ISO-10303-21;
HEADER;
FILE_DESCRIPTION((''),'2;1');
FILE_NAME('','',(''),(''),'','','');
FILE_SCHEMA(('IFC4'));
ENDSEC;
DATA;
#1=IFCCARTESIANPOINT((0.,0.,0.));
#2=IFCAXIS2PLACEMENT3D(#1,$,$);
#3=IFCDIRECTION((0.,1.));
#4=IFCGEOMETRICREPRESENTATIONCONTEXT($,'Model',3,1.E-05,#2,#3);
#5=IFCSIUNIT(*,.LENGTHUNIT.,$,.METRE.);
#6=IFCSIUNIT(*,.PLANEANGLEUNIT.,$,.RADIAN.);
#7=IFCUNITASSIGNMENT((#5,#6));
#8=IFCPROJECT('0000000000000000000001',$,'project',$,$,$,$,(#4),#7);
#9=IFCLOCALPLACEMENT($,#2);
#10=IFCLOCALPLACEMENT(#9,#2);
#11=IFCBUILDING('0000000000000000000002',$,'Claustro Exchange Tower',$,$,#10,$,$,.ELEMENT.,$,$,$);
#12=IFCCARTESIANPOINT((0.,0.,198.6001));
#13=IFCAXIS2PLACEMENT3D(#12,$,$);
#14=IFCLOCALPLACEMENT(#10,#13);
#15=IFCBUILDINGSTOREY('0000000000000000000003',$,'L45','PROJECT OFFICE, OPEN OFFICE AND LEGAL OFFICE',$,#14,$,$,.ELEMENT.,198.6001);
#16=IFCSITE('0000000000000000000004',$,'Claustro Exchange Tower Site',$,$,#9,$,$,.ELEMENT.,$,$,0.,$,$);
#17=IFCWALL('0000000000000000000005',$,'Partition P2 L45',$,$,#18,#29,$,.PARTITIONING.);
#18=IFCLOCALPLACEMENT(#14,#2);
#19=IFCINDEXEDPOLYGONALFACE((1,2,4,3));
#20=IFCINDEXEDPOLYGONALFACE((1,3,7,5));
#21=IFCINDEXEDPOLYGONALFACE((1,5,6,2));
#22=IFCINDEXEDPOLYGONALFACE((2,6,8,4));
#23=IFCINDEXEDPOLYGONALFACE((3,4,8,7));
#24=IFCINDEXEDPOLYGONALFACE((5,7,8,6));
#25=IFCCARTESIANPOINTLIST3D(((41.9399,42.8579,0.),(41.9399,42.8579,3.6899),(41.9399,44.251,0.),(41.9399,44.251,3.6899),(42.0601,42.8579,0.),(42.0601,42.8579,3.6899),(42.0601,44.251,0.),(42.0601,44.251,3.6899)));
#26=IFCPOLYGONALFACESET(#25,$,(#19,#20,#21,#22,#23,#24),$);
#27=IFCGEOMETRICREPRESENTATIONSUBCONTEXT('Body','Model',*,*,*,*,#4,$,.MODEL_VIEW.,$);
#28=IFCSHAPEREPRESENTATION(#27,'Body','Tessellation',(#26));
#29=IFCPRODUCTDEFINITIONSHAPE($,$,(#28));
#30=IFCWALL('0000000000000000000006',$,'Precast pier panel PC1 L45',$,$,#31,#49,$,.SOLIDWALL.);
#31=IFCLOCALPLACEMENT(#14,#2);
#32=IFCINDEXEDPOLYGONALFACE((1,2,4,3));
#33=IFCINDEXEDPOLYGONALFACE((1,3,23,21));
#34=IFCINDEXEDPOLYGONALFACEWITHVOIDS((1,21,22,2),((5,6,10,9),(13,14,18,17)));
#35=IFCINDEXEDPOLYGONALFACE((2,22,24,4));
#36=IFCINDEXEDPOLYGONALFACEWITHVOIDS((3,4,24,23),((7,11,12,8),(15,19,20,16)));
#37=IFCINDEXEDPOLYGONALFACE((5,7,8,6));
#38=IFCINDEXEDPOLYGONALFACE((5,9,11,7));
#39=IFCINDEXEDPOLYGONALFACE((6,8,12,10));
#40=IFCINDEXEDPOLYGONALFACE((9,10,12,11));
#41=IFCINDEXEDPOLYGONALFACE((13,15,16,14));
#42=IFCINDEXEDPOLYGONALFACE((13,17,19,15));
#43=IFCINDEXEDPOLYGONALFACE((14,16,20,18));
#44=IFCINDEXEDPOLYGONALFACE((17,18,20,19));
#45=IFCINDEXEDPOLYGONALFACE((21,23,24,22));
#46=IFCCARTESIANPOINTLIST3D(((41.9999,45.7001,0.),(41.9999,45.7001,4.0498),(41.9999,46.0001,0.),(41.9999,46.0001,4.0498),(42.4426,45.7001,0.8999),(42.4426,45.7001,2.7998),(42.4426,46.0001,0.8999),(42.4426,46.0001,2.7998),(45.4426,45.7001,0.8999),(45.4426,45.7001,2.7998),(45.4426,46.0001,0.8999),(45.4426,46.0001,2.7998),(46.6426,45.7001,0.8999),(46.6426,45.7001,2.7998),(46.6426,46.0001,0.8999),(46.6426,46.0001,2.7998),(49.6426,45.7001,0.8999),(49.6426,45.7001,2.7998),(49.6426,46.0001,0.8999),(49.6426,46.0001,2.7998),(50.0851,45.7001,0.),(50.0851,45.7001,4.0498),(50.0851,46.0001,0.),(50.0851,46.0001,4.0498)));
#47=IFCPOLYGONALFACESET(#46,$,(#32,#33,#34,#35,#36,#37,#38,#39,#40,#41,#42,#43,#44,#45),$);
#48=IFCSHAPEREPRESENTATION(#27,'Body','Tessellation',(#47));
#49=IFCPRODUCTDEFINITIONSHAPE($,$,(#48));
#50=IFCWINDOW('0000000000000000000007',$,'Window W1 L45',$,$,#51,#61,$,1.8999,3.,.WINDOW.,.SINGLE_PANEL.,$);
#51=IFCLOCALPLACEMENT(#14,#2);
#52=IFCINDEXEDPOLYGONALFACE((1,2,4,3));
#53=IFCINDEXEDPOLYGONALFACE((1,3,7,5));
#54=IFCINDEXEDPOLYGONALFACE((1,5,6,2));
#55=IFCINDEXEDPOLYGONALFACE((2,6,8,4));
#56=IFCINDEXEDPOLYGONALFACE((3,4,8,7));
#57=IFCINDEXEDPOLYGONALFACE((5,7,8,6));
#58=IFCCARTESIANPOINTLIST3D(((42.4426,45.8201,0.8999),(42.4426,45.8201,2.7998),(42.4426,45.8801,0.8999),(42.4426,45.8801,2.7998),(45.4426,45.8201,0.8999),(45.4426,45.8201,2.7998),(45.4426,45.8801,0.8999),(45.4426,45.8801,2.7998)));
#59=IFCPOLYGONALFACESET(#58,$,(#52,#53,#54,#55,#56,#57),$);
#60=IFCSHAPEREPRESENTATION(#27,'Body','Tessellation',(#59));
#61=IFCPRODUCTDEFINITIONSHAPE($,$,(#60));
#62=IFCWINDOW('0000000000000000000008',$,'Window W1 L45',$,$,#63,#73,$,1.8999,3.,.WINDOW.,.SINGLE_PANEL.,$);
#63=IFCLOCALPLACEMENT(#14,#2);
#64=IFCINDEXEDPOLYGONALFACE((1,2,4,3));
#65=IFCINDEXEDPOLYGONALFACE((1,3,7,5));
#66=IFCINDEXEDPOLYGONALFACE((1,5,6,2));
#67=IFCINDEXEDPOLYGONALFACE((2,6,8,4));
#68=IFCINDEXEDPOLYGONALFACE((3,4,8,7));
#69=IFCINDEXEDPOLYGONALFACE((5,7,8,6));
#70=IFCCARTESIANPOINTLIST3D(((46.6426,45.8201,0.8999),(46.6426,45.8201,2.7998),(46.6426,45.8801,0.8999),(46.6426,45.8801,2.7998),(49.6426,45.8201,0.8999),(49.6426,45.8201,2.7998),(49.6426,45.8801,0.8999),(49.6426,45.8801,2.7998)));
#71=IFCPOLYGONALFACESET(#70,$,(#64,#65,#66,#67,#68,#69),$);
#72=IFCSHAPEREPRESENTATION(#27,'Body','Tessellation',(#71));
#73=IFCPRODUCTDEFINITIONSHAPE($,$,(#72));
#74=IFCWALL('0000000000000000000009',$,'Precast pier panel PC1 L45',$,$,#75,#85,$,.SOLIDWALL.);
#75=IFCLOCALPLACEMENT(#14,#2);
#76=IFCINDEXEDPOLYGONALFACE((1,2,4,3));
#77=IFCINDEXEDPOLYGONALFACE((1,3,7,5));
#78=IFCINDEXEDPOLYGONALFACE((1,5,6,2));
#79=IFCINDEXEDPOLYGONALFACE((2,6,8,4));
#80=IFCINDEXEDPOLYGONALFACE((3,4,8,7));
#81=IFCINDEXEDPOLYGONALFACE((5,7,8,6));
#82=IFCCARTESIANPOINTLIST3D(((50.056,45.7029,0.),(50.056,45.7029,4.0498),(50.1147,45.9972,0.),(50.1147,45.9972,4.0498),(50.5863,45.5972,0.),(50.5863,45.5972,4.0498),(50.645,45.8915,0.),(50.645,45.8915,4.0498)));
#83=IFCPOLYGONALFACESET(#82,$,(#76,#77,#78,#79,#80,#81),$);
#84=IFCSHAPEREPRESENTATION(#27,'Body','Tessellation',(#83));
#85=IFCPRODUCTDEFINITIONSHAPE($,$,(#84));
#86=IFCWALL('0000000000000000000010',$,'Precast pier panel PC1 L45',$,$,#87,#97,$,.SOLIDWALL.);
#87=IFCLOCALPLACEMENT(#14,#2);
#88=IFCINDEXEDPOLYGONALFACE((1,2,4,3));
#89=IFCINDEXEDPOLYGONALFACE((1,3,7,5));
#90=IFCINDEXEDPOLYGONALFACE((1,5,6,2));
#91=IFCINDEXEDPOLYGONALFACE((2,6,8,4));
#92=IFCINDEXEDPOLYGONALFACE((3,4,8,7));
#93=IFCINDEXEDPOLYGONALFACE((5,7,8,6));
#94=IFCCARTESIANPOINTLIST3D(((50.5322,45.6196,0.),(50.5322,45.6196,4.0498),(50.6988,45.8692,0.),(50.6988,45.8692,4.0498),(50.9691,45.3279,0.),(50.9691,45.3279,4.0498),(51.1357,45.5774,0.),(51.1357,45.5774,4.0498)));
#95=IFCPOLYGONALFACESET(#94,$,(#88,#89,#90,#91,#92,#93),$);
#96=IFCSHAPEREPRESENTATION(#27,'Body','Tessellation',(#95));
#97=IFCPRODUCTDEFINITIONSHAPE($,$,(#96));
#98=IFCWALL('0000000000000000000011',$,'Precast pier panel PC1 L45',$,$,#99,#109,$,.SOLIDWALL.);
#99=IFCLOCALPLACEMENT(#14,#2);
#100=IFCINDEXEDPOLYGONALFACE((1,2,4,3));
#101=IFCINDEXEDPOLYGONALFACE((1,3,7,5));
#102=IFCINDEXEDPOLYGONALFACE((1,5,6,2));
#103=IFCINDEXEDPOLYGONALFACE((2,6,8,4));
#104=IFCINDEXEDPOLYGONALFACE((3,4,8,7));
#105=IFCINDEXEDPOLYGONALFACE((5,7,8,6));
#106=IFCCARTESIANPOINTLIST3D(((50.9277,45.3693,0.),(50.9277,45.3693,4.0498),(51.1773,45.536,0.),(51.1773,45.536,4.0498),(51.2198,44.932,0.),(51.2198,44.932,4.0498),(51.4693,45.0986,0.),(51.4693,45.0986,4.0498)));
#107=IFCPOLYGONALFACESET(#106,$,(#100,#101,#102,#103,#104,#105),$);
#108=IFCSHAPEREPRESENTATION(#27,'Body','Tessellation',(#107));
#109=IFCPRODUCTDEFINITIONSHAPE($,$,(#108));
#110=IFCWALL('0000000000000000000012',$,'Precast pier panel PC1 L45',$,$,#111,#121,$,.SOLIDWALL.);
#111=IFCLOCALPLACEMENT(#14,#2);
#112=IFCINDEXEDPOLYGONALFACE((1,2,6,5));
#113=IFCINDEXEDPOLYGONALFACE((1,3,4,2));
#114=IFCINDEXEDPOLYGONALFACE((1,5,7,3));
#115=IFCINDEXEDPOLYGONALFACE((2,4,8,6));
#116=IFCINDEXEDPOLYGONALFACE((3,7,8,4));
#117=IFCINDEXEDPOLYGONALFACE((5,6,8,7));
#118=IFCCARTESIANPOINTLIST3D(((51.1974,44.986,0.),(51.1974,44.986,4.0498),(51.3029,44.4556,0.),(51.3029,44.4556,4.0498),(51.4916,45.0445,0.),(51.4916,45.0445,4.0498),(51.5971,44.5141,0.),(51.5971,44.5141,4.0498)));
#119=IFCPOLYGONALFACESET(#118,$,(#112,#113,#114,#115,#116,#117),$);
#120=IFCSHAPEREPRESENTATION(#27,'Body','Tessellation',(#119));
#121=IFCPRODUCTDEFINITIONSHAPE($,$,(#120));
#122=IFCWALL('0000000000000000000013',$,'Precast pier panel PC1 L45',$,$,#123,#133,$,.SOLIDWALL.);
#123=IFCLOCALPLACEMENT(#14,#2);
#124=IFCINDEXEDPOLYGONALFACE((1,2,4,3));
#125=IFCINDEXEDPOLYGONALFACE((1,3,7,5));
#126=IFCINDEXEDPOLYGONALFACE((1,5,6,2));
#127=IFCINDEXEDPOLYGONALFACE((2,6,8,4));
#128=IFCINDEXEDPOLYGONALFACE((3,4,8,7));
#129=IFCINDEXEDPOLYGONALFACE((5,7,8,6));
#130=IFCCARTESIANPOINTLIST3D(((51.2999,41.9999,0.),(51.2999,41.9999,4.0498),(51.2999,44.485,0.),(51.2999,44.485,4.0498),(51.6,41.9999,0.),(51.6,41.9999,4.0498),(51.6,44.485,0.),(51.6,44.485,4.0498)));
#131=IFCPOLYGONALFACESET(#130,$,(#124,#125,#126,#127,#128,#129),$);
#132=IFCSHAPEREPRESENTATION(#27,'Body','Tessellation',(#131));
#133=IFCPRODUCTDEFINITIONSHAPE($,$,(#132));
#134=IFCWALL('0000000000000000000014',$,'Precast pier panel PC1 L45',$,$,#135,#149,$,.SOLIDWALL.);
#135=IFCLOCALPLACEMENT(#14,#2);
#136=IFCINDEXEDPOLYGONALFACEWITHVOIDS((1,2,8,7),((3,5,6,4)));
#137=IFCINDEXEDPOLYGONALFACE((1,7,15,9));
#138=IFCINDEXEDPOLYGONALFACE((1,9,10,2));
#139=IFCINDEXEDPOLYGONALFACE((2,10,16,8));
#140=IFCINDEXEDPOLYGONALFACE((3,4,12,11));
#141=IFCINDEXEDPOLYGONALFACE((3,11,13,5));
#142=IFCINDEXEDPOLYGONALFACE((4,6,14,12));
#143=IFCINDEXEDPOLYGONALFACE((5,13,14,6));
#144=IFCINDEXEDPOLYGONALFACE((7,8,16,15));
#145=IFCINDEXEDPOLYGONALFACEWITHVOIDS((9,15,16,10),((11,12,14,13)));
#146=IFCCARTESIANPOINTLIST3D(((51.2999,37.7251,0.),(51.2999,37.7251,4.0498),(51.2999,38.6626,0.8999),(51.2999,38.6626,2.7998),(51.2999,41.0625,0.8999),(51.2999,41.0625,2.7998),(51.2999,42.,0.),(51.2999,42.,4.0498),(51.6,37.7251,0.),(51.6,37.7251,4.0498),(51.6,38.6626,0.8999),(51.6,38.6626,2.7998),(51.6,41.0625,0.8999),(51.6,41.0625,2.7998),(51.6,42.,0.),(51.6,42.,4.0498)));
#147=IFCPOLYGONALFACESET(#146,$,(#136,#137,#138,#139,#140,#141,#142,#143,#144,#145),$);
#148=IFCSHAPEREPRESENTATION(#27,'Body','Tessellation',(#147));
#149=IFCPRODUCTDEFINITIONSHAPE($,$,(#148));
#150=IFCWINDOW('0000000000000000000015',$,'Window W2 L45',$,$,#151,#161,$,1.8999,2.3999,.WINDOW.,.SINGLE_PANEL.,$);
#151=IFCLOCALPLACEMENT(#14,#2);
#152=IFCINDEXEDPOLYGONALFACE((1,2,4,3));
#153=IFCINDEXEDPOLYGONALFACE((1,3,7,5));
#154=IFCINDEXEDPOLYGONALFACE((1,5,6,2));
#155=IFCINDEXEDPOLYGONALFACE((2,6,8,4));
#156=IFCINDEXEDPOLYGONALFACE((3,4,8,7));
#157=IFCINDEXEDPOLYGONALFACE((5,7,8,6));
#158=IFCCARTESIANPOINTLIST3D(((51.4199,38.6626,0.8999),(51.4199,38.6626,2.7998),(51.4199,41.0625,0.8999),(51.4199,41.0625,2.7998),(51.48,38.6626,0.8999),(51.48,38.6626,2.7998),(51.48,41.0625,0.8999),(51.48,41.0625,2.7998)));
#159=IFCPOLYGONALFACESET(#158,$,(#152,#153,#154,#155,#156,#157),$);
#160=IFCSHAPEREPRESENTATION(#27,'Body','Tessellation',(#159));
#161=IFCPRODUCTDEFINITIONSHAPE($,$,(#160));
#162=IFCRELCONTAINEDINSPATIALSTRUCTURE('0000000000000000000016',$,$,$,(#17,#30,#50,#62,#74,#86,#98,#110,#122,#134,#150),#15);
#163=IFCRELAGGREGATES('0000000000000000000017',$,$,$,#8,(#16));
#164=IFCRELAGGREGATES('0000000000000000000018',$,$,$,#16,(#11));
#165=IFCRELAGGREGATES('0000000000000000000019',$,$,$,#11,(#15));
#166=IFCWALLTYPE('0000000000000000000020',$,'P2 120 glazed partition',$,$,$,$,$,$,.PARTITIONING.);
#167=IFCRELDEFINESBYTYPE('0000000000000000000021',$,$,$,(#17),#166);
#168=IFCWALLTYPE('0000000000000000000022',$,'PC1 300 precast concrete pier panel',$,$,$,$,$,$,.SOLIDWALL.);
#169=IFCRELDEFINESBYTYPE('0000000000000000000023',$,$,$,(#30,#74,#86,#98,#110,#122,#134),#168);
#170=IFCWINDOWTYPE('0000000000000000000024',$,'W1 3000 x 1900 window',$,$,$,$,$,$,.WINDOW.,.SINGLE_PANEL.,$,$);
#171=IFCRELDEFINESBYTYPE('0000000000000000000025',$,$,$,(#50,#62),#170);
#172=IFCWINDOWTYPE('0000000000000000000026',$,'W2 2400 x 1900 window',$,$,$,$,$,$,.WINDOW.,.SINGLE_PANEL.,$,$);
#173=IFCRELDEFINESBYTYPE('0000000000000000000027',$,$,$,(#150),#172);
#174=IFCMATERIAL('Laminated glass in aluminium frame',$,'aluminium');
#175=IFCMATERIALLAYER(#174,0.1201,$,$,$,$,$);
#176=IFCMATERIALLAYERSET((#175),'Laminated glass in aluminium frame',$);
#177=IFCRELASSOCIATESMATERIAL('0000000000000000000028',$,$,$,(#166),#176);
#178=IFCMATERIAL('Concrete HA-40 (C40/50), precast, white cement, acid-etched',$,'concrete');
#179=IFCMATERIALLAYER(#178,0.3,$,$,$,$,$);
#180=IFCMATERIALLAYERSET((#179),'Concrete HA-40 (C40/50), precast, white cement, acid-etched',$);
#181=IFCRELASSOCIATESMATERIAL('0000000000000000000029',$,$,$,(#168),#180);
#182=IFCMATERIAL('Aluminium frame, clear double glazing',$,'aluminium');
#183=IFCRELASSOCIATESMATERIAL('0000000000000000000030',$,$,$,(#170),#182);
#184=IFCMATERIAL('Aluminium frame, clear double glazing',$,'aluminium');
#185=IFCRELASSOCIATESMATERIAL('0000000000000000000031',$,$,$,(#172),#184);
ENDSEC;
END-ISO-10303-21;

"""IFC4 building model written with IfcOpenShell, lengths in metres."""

from ifc_helpers import new_model, si_unit, direction, frame, frame_2d, origin, place, context, subcontext, project, spatial, rectangle, extrude, material, layer, layer_set, type_object, element, fill, save


model = new_model("IFC4")

# Units and contexts
model_context = context("Model", 3, precision=1e-05, world=origin(), true_north=direction((0.0, 1.0)))
body_context = subcontext(model_context, "Body", "Model", "MODEL_VIEW")
ifc_project = project(units=[si_unit("LENGTHUNIT", "METRE"), si_unit("PLANEANGLEUNIT", "RADIAN")], contexts=[model_context])

# Site, building, storey
site_placement = place(None, origin())
site = spatial("IfcSite", under=ifc_project, at=site_placement, Name="Claustro Exchange Tower Site", CompositionType="ELEMENT", RefElevation=0.0)
building_placement = place(site_placement, origin())
building = spatial("IfcBuilding", under=site, at=building_placement, Name="Claustro Exchange Tower", CompositionType="ELEMENT")
storey_placement = place(building_placement, frame((0.0, 0.0, 198.6001)))
storey = spatial("IfcBuildingStorey", under=building, at=storey_placement, Name="L45", Description="PROJECT OFFICE, OPEN OFFICE AND LEGAL OFFICE", CompositionType="ELEMENT", Elevation=198.6001)

# Wall
ifc_material_1 = material(Name="Laminated glass in aluminium frame", Category="aluminium")
ifc_layer_1 = layer(ifc_material_1, 0.1201)
ifc_layer_set_1 = layer_set([ifc_layer_1], Name="Laminated glass in aluminium frame")
wall_type_1 = type_object("IfcWallType", Name="P2 120 glazed partition", PredefinedType="PARTITIONING", material=ifc_layer_set_1)
wall_1_placement = place(storey_placement, frame((42.0, 42.8579, 0.0), z_axis=(0.0, 0.0, 1.0), x_axis=(0.0, 1.0, 0.0)))
element("IfcWall", 1, at=wall_1_placement, inside=storey, type_object=wall_type_1, Name="Partition P2 L45", PredefinedType="PARTITIONING", context=body_context, shape_type="SweptSolid", body=[
    extrude(rectangle(XDim=1.3931, YDim=0.1201, at=frame_2d((0.6965, 0.0))), origin(), (0.0, 0.0, 1.0), 3.6899),
])

# Wall, openings, windows
ifc_material_2 = material(Name="Concrete HA-40 (C40/50), precast, white cement, acid-etched", Category="concrete")
ifc_layer_2 = layer(ifc_material_2, 0.3)
ifc_layer_set_2 = layer_set([ifc_layer_2], Name="Concrete HA-40 (C40/50), precast, white cement, acid-etched")
wall_type_2 = type_object("IfcWallType", Name="PC1 300 precast concrete pier panel", PredefinedType="SOLIDWALL", material=ifc_layer_set_2)
wall_2_placement = place(storey_placement, frame((42.0, 45.8501, 0.0), z_axis=(0.0, 0.0, 1.0), x_axis=(1.0, 0.0, 0.0)))
wall_2 = element("IfcWall", 2, at=wall_2_placement, inside=storey, type_object=wall_type_2, Name="Precast pier panel PC1 L45", PredefinedType="SOLIDWALL", context=body_context, shape_type="SweptSolid", body=[
    extrude(rectangle(XDim=8.0852, YDim=0.3, at=frame_2d((4.0425, 0.0))), origin(), (0.0, 0.0, 1.0), 4.0498),
])
opening_1_placement = place(wall_2_placement, frame((0.4426, 0.0, 0.8999)))
opening_1 = element("IfcOpeningElement", 3, at=opening_1_placement, cuts=wall_2, PredefinedType="OPENING", context=body_context, shape_type="SweptSolid", body=[
    extrude(rectangle(XDim=3.0, YDim=1.8999, at=frame_2d((1.5, 0.95))), frame((0.0, 0.1599, 0.0), z_axis=(0.0, -1.0, 0.0), x_axis=(1.0, 0.0, 0.0)), (0.0, 0.0, 1.0), 0.3201),
])
opening_2_placement = place(wall_2_placement, frame((4.6426, 0.0, 0.8999)))
opening_2 = element("IfcOpeningElement", 4, at=opening_2_placement, cuts=wall_2, PredefinedType="OPENING", context=body_context, shape_type="SweptSolid", body=[
    extrude(rectangle(XDim=3.0, YDim=1.8999, at=frame_2d((1.5, 0.95))), frame((0.0, 0.1599, 0.0), z_axis=(0.0, -1.0, 0.0), x_axis=(1.0, 0.0, 0.0)), (0.0, 0.0, 1.0), 0.3201),
])
ifc_material_3 = material(Name="Aluminium frame, clear double glazing", Category="aluminium")
window_type_1 = type_object("IfcWindowType", Name="W1 3000 x 1900 window", PartitioningType="SINGLE_PANEL", PredefinedType="WINDOW", material=ifc_material_3)
window_1_placement = place(opening_1_placement, origin())
window_1 = element("IfcWindow", 5, at=window_1_placement, inside=storey, type_object=window_type_1, Name="Window W1 L45", OverallHeight=1.8999, OverallWidth=3.0, PartitioningType="SINGLE_PANEL", PredefinedType="WINDOW", context=body_context, shape_type="SweptSolid", body=[
    extrude(rectangle(XDim=3.0, YDim=1.8999, at=frame_2d((1.5, 0.95))), frame((0.0, 0.03, 0.0), z_axis=(0.0, -1.0, 0.0), x_axis=(1.0, 0.0, 0.0)), (0.0, 0.0, 1.0), 0.0601),
])
fill(opening_1, window_1)
window_2_placement = place(opening_2_placement, origin())
window_2 = element("IfcWindow", 6, at=window_2_placement, inside=storey, type_object=window_type_1, Name="Window W1 L45", OverallHeight=1.8999, OverallWidth=3.0, PartitioningType="SINGLE_PANEL", PredefinedType="WINDOW", context=body_context, shape_type="SweptSolid", body=[
    extrude(rectangle(XDim=3.0, YDim=1.8999, at=frame_2d((1.5, 0.95))), frame((0.0, 0.03, 0.0), z_axis=(0.0, -1.0, 0.0), x_axis=(1.0, 0.0, 0.0)), (0.0, 0.0, 1.0), 0.0601),
])
fill(opening_2, window_2)

# Walls
wall_3_placement = place(storey_placement, frame((50.0852, 45.8501, 0.0), z_axis=(0.0, 0.0, 1.0), x_axis=(0.980702, -0.195508, 0.0)))
element("IfcWall", 7, at=wall_3_placement, inside=storey, type_object=wall_type_2, Name="Precast pier panel PC1 L45", PredefinedType="SOLIDWALL", context=body_context, shape_type="SweptSolid", body=[
    extrude(rectangle(XDim=0.5408, YDim=0.3, at=frame_2d((0.2705, 0.0))), origin(), (0.0, 0.0, 1.0), 4.0498),
])
wall_4_placement = place(storey_placement, frame((50.6155, 45.7444, 0.0), z_axis=(0.0, 0.0, 1.0), x_axis=(0.831693, -0.555236, 0.0)))
element("IfcWall", 8, at=wall_4_placement, inside=storey, type_object=wall_type_2, Name="Precast pier panel PC1 L45", PredefinedType="SOLIDWALL", context=body_context, shape_type="SweptSolid", body=[
    extrude(rectangle(XDim=0.5254, YDim=0.3, at=frame_2d((0.2627, 0.0))), origin(), (0.0, 0.0, 1.0), 4.0498),
])
wall_5_placement = place(storey_placement, frame((51.0525, 45.4526, 0.0), z_axis=(0.0, 0.0, 1.0), x_axis=(0.555343, -0.831621, 0.0)))
element("IfcWall", 9, at=wall_5_placement, inside=storey, type_object=wall_type_2, Name="Precast pier panel PC1 L45", PredefinedType="SOLIDWALL", context=body_context, shape_type="SweptSolid", body=[
    extrude(rectangle(XDim=0.5259, YDim=0.3, at=frame_2d((0.2629, 0.0))), origin(), (0.0, 0.0, 1.0), 4.0498),
])
wall_6_placement = place(storey_placement, frame((51.3445, 45.0154, 0.0), z_axis=(0.0, 0.0, 1.0), x_axis=(0.195074, -0.980789, 0.0)))
element("IfcWall", 10, at=wall_6_placement, inside=storey, type_object=wall_type_2, Name="Precast pier panel PC1 L45", PredefinedType="SOLIDWALL", context=body_context, shape_type="SweptSolid", body=[
    extrude(rectangle(XDim=0.5408, YDim=0.3, at=frame_2d((0.2705, 0.0))), origin(), (0.0, 0.0, 1.0), 4.0498),
])
wall_7_placement = place(storey_placement, frame((51.45, 44.4851, 0.0), z_axis=(0.0, 0.0, 1.0), x_axis=(0.0, -1.0, 0.0)))
element("IfcWall", 11, at=wall_7_placement, inside=storey, type_object=wall_type_2, Name="Precast pier panel PC1 L45", PredefinedType="SOLIDWALL", context=body_context, shape_type="SweptSolid", body=[
    extrude(rectangle(XDim=2.4851, YDim=0.3, at=frame_2d((1.2427, 0.0))), origin(), (0.0, 0.0, 1.0), 4.0498),
])

# Wall, opening, window
wall_8_placement = place(storey_placement, frame((51.45, 42.0, 0.0), z_axis=(0.0, 0.0, 1.0), x_axis=(0.0, -1.0, 0.0)))
wall_8 = element("IfcWall", 12, at=wall_8_placement, inside=storey, type_object=wall_type_2, Name="Precast pier panel PC1 L45", PredefinedType="SOLIDWALL", context=body_context, shape_type="SweptSolid", body=[
    extrude(rectangle(XDim=4.2749, YDim=0.3, at=frame_2d((2.1375, 0.0))), origin(), (0.0, 0.0, 1.0), 4.0498),
])
opening_3_placement = place(wall_8_placement, frame((0.9375, 0.0, 0.8999)))
opening_3 = element("IfcOpeningElement", 13, at=opening_3_placement, cuts=wall_8, PredefinedType="OPENING", context=body_context, shape_type="SweptSolid", body=[
    extrude(rectangle(XDim=2.3999, YDim=1.8999, at=frame_2d((1.2, 0.95))), frame((0.0, 0.1599, 0.0), z_axis=(0.0, -1.0, 0.0), x_axis=(1.0, 0.0, 0.0)), (0.0, 0.0, 1.0), 0.3201),
])
ifc_material_4 = material(Name="Aluminium frame, clear double glazing", Category="aluminium")
window_type_2 = type_object("IfcWindowType", Name="W2 2400 x 1900 window", PartitioningType="SINGLE_PANEL", PredefinedType="WINDOW", material=ifc_material_4)
window_3_placement = place(opening_3_placement, origin())
window_3 = element("IfcWindow", 14, at=window_3_placement, inside=storey, type_object=window_type_2, Name="Window W2 L45", OverallHeight=1.8999, OverallWidth=2.3999, PartitioningType="SINGLE_PANEL", PredefinedType="WINDOW", context=body_context, shape_type="SweptSolid", body=[
    extrude(rectangle(XDim=2.3999, YDim=1.8999, at=frame_2d((1.2, 0.95))), frame((0.0, 0.03, 0.0), z_axis=(0.0, -1.0, 0.0), x_axis=(1.0, 0.0, 0.0)), (0.0, 0.0, 1.0), 0.0601),
])
fill(opening_3, window_3)

save(model, "model.ifc")
